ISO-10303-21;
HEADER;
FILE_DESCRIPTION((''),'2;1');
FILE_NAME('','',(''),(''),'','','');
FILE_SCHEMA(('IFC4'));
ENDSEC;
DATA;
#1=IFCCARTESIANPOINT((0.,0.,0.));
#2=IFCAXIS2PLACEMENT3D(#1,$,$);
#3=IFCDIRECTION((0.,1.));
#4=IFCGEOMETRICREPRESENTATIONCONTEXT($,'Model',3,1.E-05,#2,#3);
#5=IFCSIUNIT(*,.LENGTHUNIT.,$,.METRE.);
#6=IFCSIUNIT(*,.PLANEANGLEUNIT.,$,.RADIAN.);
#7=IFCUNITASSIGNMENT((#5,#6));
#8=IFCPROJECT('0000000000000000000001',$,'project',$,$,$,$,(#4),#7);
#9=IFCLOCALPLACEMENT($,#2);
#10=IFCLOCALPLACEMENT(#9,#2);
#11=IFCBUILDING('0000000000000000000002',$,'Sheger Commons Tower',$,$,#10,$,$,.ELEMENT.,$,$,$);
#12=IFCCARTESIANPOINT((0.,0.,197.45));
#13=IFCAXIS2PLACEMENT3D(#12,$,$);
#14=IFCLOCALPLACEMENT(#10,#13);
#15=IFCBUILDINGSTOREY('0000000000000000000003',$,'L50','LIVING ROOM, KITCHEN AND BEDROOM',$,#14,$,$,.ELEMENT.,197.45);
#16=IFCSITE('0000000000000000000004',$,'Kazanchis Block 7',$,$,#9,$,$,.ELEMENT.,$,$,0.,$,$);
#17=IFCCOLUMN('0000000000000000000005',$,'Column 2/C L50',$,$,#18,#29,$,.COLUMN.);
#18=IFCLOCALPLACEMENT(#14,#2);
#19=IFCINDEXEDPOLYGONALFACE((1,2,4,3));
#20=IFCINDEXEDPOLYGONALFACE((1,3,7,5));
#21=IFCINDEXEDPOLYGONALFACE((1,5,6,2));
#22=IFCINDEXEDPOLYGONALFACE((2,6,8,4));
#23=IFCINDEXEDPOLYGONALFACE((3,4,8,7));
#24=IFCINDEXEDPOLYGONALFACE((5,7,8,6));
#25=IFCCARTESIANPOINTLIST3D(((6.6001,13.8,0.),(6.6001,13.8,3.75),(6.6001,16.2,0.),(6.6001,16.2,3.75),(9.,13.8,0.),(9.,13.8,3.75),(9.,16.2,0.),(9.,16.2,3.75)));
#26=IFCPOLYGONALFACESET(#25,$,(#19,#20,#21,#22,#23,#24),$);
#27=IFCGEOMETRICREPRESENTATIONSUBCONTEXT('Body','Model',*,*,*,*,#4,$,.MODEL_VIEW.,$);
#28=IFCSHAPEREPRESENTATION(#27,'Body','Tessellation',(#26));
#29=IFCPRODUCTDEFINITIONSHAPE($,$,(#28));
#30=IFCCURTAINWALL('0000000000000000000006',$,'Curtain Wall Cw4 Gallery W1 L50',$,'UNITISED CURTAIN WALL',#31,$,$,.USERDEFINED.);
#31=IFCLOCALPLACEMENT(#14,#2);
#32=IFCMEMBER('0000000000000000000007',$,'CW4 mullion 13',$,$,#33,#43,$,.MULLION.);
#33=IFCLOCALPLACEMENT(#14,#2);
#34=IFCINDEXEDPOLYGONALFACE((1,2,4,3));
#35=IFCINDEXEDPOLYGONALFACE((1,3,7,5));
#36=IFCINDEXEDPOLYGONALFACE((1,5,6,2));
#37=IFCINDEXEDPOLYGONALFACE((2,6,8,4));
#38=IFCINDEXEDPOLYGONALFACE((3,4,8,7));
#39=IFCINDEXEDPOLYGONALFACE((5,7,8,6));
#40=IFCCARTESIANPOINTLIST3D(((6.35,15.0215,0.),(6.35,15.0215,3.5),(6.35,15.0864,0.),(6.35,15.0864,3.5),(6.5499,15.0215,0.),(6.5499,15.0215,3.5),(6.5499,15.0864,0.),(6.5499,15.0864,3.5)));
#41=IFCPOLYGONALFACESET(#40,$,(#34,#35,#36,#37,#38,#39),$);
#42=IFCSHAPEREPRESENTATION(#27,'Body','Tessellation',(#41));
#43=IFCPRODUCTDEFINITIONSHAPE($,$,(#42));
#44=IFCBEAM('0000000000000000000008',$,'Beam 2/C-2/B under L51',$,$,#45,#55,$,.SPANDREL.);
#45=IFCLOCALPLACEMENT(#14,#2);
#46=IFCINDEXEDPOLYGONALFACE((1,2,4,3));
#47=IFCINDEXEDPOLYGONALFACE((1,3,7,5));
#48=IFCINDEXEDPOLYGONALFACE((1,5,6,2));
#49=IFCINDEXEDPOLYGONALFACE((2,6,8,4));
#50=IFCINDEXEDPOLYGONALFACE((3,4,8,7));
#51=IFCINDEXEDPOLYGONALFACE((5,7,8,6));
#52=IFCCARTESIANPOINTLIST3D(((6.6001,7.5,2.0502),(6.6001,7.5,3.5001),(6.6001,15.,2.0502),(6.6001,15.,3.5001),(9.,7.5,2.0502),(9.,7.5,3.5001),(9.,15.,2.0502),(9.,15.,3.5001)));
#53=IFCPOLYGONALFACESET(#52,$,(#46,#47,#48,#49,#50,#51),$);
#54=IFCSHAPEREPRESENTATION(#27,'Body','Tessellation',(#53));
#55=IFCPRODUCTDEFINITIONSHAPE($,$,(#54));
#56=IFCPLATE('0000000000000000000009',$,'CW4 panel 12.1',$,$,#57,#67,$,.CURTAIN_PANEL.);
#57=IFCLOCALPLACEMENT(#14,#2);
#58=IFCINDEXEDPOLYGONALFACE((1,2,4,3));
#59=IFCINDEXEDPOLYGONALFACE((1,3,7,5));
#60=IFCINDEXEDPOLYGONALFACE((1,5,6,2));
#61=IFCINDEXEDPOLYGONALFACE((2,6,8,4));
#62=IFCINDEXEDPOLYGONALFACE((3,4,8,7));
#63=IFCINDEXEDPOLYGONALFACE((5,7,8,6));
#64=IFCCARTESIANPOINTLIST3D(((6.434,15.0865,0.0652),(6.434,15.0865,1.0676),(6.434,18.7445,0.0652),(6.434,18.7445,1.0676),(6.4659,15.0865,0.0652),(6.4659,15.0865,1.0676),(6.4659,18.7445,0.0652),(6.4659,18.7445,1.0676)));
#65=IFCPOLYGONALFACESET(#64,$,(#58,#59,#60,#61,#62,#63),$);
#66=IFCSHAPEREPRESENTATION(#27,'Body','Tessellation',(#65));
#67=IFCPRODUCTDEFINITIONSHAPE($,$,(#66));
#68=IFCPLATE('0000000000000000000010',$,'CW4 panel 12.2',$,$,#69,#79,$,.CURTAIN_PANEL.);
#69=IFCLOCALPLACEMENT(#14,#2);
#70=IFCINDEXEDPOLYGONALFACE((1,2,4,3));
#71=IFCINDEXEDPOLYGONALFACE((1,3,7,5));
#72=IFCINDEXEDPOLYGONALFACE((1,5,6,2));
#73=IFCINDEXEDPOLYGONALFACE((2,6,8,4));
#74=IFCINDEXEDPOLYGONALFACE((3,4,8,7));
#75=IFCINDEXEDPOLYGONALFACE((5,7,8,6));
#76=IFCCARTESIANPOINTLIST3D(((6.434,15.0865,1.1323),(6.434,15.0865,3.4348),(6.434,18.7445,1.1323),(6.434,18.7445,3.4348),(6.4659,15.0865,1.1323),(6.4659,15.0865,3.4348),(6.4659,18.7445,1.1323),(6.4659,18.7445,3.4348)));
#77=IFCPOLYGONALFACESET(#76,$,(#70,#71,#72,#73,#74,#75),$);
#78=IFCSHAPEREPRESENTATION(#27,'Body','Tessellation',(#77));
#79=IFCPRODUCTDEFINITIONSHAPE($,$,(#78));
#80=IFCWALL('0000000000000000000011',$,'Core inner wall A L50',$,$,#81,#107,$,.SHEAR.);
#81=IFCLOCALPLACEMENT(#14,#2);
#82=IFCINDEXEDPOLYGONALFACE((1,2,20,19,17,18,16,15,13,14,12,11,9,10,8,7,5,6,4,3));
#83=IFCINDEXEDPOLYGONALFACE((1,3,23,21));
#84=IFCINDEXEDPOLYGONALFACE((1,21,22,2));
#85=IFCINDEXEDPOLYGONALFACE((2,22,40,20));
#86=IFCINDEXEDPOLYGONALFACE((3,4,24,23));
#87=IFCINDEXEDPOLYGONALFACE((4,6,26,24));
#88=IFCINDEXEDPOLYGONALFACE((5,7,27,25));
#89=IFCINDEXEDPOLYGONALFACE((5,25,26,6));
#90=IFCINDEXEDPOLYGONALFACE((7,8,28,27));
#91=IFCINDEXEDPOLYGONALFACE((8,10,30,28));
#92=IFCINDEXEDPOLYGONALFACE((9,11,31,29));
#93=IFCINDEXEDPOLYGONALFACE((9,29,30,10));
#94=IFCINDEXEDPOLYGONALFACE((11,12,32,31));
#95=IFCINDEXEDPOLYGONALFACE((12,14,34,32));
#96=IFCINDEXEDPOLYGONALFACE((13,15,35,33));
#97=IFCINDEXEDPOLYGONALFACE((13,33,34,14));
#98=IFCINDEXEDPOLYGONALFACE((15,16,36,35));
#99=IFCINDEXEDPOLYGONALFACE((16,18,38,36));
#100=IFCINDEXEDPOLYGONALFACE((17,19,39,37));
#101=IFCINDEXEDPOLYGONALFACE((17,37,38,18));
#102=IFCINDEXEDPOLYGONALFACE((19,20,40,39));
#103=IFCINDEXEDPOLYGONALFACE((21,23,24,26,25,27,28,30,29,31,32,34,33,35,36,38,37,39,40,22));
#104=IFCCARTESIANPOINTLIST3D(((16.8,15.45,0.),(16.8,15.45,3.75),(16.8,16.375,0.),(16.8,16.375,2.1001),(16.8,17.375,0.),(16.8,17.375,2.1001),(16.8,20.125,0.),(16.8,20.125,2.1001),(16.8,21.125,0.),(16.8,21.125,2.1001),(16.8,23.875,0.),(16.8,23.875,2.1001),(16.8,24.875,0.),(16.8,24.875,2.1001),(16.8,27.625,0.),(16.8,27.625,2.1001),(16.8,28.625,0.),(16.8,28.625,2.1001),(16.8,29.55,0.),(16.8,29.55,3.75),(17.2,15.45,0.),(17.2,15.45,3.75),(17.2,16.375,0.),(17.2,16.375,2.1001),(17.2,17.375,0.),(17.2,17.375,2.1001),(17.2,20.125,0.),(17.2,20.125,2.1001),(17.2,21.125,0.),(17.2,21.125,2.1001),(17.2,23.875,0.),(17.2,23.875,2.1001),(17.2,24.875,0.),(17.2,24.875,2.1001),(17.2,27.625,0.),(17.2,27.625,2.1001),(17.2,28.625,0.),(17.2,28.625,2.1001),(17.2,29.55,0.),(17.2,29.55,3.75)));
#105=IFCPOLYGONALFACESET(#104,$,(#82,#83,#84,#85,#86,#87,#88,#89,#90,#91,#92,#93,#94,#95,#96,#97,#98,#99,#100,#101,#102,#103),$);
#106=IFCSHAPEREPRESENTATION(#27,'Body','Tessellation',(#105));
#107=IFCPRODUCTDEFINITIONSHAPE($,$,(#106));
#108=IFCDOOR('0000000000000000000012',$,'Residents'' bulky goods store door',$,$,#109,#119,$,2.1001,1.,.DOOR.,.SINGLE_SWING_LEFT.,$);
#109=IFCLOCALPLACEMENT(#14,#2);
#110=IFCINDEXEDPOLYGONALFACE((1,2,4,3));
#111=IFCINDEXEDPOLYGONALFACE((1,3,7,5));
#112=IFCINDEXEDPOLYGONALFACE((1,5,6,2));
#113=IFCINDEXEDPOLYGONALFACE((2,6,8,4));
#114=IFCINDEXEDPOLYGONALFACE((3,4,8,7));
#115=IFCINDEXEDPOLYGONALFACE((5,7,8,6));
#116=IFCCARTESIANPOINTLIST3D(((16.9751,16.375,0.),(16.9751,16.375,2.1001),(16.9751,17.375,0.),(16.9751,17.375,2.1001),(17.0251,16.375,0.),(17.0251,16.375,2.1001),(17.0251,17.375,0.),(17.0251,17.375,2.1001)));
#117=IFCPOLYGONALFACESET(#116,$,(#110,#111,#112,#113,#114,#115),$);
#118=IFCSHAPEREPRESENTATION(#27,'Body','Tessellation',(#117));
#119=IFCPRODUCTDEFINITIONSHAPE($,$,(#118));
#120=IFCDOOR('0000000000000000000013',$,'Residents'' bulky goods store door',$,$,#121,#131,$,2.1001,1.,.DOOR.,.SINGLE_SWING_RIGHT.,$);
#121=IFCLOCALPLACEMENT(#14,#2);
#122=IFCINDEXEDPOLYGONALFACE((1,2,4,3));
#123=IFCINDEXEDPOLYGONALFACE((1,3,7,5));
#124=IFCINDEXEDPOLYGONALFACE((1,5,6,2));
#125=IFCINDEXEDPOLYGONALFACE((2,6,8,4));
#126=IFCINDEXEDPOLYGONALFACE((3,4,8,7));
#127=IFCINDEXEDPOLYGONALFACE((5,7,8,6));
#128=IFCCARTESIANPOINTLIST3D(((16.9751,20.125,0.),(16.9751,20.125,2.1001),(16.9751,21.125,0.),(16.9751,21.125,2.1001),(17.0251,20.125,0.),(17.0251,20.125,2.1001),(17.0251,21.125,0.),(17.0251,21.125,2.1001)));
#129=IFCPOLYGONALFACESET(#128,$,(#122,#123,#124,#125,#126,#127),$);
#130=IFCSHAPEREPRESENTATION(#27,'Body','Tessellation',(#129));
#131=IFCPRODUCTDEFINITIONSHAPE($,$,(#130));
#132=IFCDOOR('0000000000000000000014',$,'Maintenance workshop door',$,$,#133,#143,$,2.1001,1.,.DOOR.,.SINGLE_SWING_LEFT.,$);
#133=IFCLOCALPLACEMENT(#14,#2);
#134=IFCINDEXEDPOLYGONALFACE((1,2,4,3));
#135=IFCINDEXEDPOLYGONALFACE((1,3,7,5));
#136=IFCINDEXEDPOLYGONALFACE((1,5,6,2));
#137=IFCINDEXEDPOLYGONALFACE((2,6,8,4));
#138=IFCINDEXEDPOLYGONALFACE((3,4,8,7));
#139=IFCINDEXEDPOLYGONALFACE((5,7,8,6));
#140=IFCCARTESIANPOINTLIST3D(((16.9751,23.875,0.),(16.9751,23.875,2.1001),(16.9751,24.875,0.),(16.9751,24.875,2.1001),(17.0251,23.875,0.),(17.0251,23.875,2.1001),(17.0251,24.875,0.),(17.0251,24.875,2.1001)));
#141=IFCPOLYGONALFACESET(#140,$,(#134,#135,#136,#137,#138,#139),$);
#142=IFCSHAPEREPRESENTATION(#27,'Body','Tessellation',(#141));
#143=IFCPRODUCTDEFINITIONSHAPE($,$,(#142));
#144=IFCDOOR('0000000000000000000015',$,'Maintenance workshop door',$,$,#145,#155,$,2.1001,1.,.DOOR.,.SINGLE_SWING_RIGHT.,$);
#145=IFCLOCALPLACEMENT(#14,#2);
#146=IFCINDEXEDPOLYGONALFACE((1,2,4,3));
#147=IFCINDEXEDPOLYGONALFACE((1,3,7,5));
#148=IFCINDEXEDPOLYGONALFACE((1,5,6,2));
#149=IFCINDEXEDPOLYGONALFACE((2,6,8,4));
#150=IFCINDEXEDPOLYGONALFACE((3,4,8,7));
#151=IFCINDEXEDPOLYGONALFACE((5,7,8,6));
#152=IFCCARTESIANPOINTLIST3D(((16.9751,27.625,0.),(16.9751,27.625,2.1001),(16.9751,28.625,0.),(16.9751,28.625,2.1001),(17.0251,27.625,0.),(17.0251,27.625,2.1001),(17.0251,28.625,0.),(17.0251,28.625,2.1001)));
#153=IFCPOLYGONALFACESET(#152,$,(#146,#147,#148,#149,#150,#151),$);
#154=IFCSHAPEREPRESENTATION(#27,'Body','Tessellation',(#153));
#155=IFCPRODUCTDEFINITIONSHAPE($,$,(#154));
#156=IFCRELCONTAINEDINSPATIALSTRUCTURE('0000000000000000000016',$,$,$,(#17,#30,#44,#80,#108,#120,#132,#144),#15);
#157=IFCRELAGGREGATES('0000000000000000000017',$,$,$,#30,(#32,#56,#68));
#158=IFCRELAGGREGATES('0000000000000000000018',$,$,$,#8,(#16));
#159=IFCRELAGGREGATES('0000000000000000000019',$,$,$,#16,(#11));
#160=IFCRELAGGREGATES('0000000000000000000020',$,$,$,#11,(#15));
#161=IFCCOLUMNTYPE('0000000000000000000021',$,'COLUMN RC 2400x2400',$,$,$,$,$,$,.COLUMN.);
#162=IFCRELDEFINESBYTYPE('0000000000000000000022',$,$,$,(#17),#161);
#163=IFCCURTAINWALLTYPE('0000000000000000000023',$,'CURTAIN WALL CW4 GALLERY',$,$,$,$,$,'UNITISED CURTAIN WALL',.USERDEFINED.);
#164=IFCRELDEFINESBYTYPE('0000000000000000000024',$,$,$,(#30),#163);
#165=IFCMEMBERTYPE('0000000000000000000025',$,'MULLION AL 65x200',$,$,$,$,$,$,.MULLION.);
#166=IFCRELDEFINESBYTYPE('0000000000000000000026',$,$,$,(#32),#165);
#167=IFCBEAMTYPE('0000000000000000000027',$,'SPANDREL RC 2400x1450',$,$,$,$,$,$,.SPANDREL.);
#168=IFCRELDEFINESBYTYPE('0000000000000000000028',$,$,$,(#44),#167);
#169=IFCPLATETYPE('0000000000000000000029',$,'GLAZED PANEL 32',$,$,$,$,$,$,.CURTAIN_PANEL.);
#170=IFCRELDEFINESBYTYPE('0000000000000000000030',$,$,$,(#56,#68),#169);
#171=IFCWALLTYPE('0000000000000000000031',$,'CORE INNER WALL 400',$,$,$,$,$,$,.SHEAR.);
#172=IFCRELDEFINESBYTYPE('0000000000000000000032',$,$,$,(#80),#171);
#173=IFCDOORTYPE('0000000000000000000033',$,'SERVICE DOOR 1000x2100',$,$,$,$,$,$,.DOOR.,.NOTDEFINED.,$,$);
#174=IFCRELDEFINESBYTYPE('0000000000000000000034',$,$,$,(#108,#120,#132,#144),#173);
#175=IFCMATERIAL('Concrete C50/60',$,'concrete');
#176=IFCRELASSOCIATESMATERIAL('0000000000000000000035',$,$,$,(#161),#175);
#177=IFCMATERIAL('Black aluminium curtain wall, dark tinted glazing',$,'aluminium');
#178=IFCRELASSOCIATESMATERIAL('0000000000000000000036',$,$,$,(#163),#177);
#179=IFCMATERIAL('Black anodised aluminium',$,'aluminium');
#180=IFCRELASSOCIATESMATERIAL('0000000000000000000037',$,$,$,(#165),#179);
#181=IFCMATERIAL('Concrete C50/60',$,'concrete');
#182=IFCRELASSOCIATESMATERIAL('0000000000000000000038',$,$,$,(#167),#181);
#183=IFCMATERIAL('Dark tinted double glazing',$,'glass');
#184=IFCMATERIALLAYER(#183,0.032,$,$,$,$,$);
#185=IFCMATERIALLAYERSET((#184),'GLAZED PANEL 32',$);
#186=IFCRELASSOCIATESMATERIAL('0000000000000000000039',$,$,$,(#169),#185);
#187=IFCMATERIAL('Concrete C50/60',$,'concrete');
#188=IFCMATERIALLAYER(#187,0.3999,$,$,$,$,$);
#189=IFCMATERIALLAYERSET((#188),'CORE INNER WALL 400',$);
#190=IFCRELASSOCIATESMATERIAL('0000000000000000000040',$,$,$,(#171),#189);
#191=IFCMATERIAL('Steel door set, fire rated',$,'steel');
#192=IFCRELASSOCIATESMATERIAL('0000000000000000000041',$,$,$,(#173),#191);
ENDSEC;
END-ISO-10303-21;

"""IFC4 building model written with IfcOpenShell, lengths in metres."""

from ifc_helpers import new_model, si_unit, direction, frame, frame_2d, origin, origin_2d, place, context, subcontext, project, spatial, rectangle, extrude, material, layer, layer_set, material_profile, profile_set, type_object, element, fill, aggregate, save


model = new_model("IFC4")

# Units and contexts
model_context = context("Model", 3, precision=1e-05, world=origin(), true_north=direction((0.0, 1.0)))
body_context = subcontext(model_context, "Body", "Model", "MODEL_VIEW")
ifc_project = project(units=[si_unit("LENGTHUNIT", "METRE"), si_unit("PLANEANGLEUNIT", "RADIAN")], contexts=[model_context])

# Site, building, storey
site_placement = place(None, origin())
site = spatial("IfcSite", under=ifc_project, at=site_placement, Name="Kazanchis Block 7", CompositionType="ELEMENT", RefElevation=0.0)
building_placement = place(site_placement, origin())
building = spatial("IfcBuilding", under=site, at=building_placement, Name="Sheger Commons Tower", CompositionType="ELEMENT")
storey_placement = place(building_placement, frame((0.0, 0.0, 197.45)))
storey = spatial("IfcBuildingStorey", under=building, at=storey_placement, Name="L50", Description="LIVING ROOM, KITCHEN AND BEDROOM", CompositionType="ELEMENT", Elevation=197.45)

# Column
ifc_material_1 = material(Name="Concrete C50/60", Category="concrete")
ifc_material_profile_1 = material_profile(ifc_material_1, rectangle(XDim=2.3999, YDim=2.3999, at=origin_2d()), Name="RC 2400x2400")
ifc_profile_set_1 = profile_set([ifc_material_profile_1], Name="Concrete C50/60")
column_type = type_object("IfcColumnType", Name="COLUMN RC 2400x2400", PredefinedType="COLUMN", material=ifc_profile_set_1)
column_placement = place(storey_placement, frame((7.8, 15.0, 0.0), z_axis=(0.0, 0.0, 1.0), x_axis=(1.0, 0.0, 0.0)))
element("IfcColumn", 1, at=column_placement, inside=storey, type_object=column_type, Name="Column 2/C L50", PredefinedType="COLUMN", context=body_context, shape_type="SweptSolid", body=[
    extrude(rectangle(XDim=2.3999, YDim=2.3999, at=origin_2d()), origin(), (0.0, 0.0, 1.0), 3.75),
])

# Curtain wall, member
ifc_material_2 = material(Name="Black aluminium curtain wall, dark tinted glazing", Category="aluminium")
curtain_wall_type = type_object("IfcCurtainWallType", Name="CURTAIN WALL CW4 GALLERY", ElementType="UNITISED CURTAIN WALL", PredefinedType="USERDEFINED", material=ifc_material_2)
curtain_wall_placement = place(storey_placement, origin())
curtain_wall = element("IfcCurtainWall", 2, at=curtain_wall_placement, inside=storey, type_object=curtain_wall_type, Name="Curtain Wall Cw4 Gallery W1 L50", ObjectType="UNITISED CURTAIN WALL", PredefinedType="USERDEFINED")
ifc_material_3 = material(Name="Black anodised aluminium", Category="aluminium")
ifc_material_profile_2 = material_profile(ifc_material_3, rectangle(XDim=0.2, YDim=0.0649, at=origin_2d()), Name="AL 65x200")
ifc_profile_set_2 = profile_set([ifc_material_profile_2], Name="Black anodised aluminium")
member_type = type_object("IfcMemberType", Name="MULLION AL 65x200", PredefinedType="MULLION", material=ifc_profile_set_2)
member_placement = place(storey_placement, frame((6.45, 15.054, 0.0), z_axis=(0.0, 0.0, 1.0), x_axis=(1.0, 0.0, 0.0)))
member = element("IfcMember", 3, at=member_placement, type_object=member_type, Name="CW4 mullion 13", PredefinedType="MULLION", context=body_context, shape_type="SweptSolid", body=[
    extrude(rectangle(XDim=0.2, YDim=0.0649, at=origin_2d()), origin(), (0.0, 0.0, 1.0), 3.5),
])

# Beam
ifc_material_4 = material(Name="Concrete C50/60", Category="concrete")
ifc_material_profile_3 = material_profile(ifc_material_4, rectangle(XDim=2.3999, YDim=1.45, at=origin_2d()), Name="RC 2400x1450")
ifc_profile_set_3 = profile_set([ifc_material_profile_3], Name="Concrete C50/60")
beam_type = type_object("IfcBeamType", Name="SPANDREL RC 2400x1450", PredefinedType="SPANDREL", material=ifc_profile_set_3)
beam_placement = place(storey_placement, frame((7.8, 15.0, 2.7751), z_axis=(0.0, -1.0, 0.0), x_axis=(1.0, 0.0, 0.0)))
element("IfcBeam", 4, at=beam_placement, inside=storey, type_object=beam_type, Name="Beam 2/C-2/B under L51", PredefinedType="SPANDREL", context=body_context, shape_type="SweptSolid", body=[
    extrude(rectangle(XDim=2.3999, YDim=1.45, at=origin_2d()), origin(), (0.0, 0.0, 1.0), 7.5),
])

# Plates
ifc_material_5 = material(Name="Dark tinted double glazing", Category="glass")
ifc_layer_1 = layer(ifc_material_5, 0.032)
ifc_layer_set_1 = layer_set([ifc_layer_1], Name="GLAZED PANEL 32")
plate_type = type_object("IfcPlateType", Name="GLAZED PANEL 32", PredefinedType="CURTAIN_PANEL", material=ifc_layer_set_1)
plate_1_placement = place(storey_placement, frame((6.45, 16.9155, 0.0652), z_axis=(0.0, 0.0, 1.0), x_axis=(0.0, -1.0, 0.0)))
plate_1 = element("IfcPlate", 5, at=plate_1_placement, type_object=plate_type, Name="CW4 panel 12.1", PredefinedType="CURTAIN_PANEL", context=body_context, shape_type="SweptSolid", body=[
    extrude(rectangle(XDim=3.658, YDim=0.032, at=origin_2d()), origin(), (0.0, 0.0, 1.0), 1.0024),
])
plate_2_placement = place(storey_placement, frame((6.45, 16.9155, 1.1323), z_axis=(0.0, 0.0, 1.0), x_axis=(0.0, -1.0, 0.0)))
plate_2 = element("IfcPlate", 6, at=plate_2_placement, type_object=plate_type, Name="CW4 panel 12.2", PredefinedType="CURTAIN_PANEL", context=body_context, shape_type="SweptSolid", body=[
    extrude(rectangle(XDim=3.658, YDim=0.032, at=origin_2d()), origin(), (0.0, 0.0, 1.0), 2.3025),
])
aggregate(curtain_wall, [member, plate_1, plate_2])

# Wall, openings, doors
ifc_material_6 = material(Name="Concrete C50/60", Category="concrete")
ifc_layer_2 = layer(ifc_material_6, 0.3999)
ifc_layer_set_2 = layer_set([ifc_layer_2], Name="CORE INNER WALL 400")
wall_type_1 = type_object("IfcWallType", Name="CORE INNER WALL 400", PredefinedType="SHEAR", material=ifc_layer_set_2)
wall_1_placement = place(storey_placement, frame((17.0, 15.45, 0.0), z_axis=(0.0, 0.0, 1.0), x_axis=(0.0, 1.0, 0.0)))
wall_1 = element("IfcWall", 7, at=wall_1_placement, inside=storey, type_object=wall_type_1, Name="Core inner wall A L50", PredefinedType="SHEAR", context=body_context, shape_type="SweptSolid", body=[
    extrude(rectangle(XDim=14.1001, YDim=0.3999, at=frame_2d((7.05, 0.0))), origin(), (0.0, 0.0, 1.0), 3.75),
])
opening_1_placement = place(wall_1_placement, frame((0.925, 0.0, 0.0)))
opening_1 = element("IfcOpeningElement", 8, at=opening_1_placement, cuts=wall_1, PredefinedType="OPENING", context=body_context, shape_type="SweptSolid", body=[
    extrude(rectangle(XDim=1.0, YDim=2.1001, at=frame_2d((0.5, 1.05))), frame((0.0, 0.21, 0.0), z_axis=(0.0, -1.0, 0.0), x_axis=(1.0, 0.0, 0.0)), (0.0, 0.0, 1.0), 0.4199),
])
opening_2_placement = place(wall_1_placement, frame((4.675, 0.0, 0.0)))
opening_2 = element("IfcOpeningElement", 9, at=opening_2_placement, cuts=wall_1, PredefinedType="OPENING", context=body_context, shape_type="SweptSolid", body=[
    extrude(rectangle(XDim=1.0, YDim=2.1001, at=frame_2d((0.5, 1.05))), frame((0.0, 0.21, 0.0), z_axis=(0.0, -1.0, 0.0), x_axis=(1.0, 0.0, 0.0)), (0.0, 0.0, 1.0), 0.4199),
])
opening_3_placement = place(wall_1_placement, frame((8.425, 0.0, 0.0)))
opening_3 = element("IfcOpeningElement", 10, at=opening_3_placement, cuts=wall_1, PredefinedType="OPENING", context=body_context, shape_type="SweptSolid", body=[
    extrude(rectangle(XDim=1.0, YDim=2.1001, at=frame_2d((0.5, 1.05))), frame((0.0, 0.21, 0.0), z_axis=(0.0, -1.0, 0.0), x_axis=(1.0, 0.0, 0.0)), (0.0, 0.0, 1.0), 0.4199),
])
opening_4_placement = place(wall_1_placement, frame((12.175, 0.0, 0.0)))
opening_4 = element("IfcOpeningElement", 11, at=opening_4_placement, cuts=wall_1, PredefinedType="OPENING", context=body_context, shape_type="SweptSolid", body=[
    extrude(rectangle(XDim=1.0, YDim=2.1001, at=frame_2d((0.5, 1.05))), frame((0.0, 0.21, 0.0), z_axis=(0.0, -1.0, 0.0), x_axis=(1.0, 0.0, 0.0)), (0.0, 0.0, 1.0), 0.4199),
])
ifc_material_7 = material(Name="Steel door set, fire rated", Category="steel")
door_type_1 = type_object("IfcDoorType", Name="SERVICE DOOR 1000x2100", OperationType="NOTDEFINED", PredefinedType="DOOR", material=ifc_material_7)
door_1_placement = place(opening_1_placement, origin())
door_1 = element("IfcDoor", 12, at=door_1_placement, inside=storey, type_object=door_type_1, Name="Residents' bulky goods store door", OperationType="SINGLE_SWING_LEFT", OverallHeight=2.1001, OverallWidth=1.0, PredefinedType="DOOR", context=body_context, shape_type="SweptSolid", body=[
    extrude(rectangle(XDim=1.0, YDim=2.1001, at=frame_2d((0.5, 1.05))), frame((0.0, 0.0249, 0.0), z_axis=(0.0, -1.0, 0.0), x_axis=(1.0, 0.0, 0.0)), (0.0, 0.0, 1.0), 0.05),
])
fill(opening_1, door_1)
door_2_placement = place(opening_2_placement, origin())
door_2 = element("IfcDoor", 13, at=door_2_placement, inside=storey, type_object=door_type_1, Name="Residents' bulky goods store door", OperationType="SINGLE_SWING_RIGHT", OverallHeight=2.1001, OverallWidth=1.0, PredefinedType="DOOR", context=body_context, shape_type="SweptSolid", body=[
    extrude(rectangle(XDim=1.0, YDim=2.1001, at=frame_2d((0.5, 1.05))), frame((0.0, 0.0249, 0.0), z_axis=(0.0, -1.0, 0.0), x_axis=(1.0, 0.0, 0.0)), (0.0, 0.0, 1.0), 0.05),
])
fill(opening_2, door_2)
door_3_placement = place(opening_3_placement, origin())
door_3 = element("IfcDoor", 14, at=door_3_placement, inside=storey, type_object=door_type_1, Name="Maintenance workshop door", OperationType="SINGLE_SWING_LEFT", OverallHeight=2.1001, OverallWidth=1.0, PredefinedType="DOOR", context=body_context, shape_type="SweptSolid", body=[
    extrude(rectangle(XDim=1.0, YDim=2.1001, at=frame_2d((0.5, 1.05))), frame((0.0, 0.0249, 0.0), z_axis=(0.0, -1.0, 0.0), x_axis=(1.0, 0.0, 0.0)), (0.0, 0.0, 1.0), 0.05),
])
fill(opening_3, door_3)
door_4_placement = place(opening_4_placement, origin())
door_4 = element("IfcDoor", 15, at=door_4_placement, inside=storey, type_object=door_type_1, Name="Maintenance workshop door", OperationType="SINGLE_SWING_RIGHT", OverallHeight=2.1001, OverallWidth=1.0, PredefinedType="DOOR", context=body_context, shape_type="SweptSolid", body=[
    extrude(rectangle(XDim=1.0, YDim=2.1001, at=frame_2d((0.5, 1.05))), frame((0.0, 0.0249, 0.0), z_axis=(0.0, -1.0, 0.0), x_axis=(1.0, 0.0, 0.0)), (0.0, 0.0, 1.0), 0.05),
])
fill(opening_4, door_4)

save(model, "model.ifc")
